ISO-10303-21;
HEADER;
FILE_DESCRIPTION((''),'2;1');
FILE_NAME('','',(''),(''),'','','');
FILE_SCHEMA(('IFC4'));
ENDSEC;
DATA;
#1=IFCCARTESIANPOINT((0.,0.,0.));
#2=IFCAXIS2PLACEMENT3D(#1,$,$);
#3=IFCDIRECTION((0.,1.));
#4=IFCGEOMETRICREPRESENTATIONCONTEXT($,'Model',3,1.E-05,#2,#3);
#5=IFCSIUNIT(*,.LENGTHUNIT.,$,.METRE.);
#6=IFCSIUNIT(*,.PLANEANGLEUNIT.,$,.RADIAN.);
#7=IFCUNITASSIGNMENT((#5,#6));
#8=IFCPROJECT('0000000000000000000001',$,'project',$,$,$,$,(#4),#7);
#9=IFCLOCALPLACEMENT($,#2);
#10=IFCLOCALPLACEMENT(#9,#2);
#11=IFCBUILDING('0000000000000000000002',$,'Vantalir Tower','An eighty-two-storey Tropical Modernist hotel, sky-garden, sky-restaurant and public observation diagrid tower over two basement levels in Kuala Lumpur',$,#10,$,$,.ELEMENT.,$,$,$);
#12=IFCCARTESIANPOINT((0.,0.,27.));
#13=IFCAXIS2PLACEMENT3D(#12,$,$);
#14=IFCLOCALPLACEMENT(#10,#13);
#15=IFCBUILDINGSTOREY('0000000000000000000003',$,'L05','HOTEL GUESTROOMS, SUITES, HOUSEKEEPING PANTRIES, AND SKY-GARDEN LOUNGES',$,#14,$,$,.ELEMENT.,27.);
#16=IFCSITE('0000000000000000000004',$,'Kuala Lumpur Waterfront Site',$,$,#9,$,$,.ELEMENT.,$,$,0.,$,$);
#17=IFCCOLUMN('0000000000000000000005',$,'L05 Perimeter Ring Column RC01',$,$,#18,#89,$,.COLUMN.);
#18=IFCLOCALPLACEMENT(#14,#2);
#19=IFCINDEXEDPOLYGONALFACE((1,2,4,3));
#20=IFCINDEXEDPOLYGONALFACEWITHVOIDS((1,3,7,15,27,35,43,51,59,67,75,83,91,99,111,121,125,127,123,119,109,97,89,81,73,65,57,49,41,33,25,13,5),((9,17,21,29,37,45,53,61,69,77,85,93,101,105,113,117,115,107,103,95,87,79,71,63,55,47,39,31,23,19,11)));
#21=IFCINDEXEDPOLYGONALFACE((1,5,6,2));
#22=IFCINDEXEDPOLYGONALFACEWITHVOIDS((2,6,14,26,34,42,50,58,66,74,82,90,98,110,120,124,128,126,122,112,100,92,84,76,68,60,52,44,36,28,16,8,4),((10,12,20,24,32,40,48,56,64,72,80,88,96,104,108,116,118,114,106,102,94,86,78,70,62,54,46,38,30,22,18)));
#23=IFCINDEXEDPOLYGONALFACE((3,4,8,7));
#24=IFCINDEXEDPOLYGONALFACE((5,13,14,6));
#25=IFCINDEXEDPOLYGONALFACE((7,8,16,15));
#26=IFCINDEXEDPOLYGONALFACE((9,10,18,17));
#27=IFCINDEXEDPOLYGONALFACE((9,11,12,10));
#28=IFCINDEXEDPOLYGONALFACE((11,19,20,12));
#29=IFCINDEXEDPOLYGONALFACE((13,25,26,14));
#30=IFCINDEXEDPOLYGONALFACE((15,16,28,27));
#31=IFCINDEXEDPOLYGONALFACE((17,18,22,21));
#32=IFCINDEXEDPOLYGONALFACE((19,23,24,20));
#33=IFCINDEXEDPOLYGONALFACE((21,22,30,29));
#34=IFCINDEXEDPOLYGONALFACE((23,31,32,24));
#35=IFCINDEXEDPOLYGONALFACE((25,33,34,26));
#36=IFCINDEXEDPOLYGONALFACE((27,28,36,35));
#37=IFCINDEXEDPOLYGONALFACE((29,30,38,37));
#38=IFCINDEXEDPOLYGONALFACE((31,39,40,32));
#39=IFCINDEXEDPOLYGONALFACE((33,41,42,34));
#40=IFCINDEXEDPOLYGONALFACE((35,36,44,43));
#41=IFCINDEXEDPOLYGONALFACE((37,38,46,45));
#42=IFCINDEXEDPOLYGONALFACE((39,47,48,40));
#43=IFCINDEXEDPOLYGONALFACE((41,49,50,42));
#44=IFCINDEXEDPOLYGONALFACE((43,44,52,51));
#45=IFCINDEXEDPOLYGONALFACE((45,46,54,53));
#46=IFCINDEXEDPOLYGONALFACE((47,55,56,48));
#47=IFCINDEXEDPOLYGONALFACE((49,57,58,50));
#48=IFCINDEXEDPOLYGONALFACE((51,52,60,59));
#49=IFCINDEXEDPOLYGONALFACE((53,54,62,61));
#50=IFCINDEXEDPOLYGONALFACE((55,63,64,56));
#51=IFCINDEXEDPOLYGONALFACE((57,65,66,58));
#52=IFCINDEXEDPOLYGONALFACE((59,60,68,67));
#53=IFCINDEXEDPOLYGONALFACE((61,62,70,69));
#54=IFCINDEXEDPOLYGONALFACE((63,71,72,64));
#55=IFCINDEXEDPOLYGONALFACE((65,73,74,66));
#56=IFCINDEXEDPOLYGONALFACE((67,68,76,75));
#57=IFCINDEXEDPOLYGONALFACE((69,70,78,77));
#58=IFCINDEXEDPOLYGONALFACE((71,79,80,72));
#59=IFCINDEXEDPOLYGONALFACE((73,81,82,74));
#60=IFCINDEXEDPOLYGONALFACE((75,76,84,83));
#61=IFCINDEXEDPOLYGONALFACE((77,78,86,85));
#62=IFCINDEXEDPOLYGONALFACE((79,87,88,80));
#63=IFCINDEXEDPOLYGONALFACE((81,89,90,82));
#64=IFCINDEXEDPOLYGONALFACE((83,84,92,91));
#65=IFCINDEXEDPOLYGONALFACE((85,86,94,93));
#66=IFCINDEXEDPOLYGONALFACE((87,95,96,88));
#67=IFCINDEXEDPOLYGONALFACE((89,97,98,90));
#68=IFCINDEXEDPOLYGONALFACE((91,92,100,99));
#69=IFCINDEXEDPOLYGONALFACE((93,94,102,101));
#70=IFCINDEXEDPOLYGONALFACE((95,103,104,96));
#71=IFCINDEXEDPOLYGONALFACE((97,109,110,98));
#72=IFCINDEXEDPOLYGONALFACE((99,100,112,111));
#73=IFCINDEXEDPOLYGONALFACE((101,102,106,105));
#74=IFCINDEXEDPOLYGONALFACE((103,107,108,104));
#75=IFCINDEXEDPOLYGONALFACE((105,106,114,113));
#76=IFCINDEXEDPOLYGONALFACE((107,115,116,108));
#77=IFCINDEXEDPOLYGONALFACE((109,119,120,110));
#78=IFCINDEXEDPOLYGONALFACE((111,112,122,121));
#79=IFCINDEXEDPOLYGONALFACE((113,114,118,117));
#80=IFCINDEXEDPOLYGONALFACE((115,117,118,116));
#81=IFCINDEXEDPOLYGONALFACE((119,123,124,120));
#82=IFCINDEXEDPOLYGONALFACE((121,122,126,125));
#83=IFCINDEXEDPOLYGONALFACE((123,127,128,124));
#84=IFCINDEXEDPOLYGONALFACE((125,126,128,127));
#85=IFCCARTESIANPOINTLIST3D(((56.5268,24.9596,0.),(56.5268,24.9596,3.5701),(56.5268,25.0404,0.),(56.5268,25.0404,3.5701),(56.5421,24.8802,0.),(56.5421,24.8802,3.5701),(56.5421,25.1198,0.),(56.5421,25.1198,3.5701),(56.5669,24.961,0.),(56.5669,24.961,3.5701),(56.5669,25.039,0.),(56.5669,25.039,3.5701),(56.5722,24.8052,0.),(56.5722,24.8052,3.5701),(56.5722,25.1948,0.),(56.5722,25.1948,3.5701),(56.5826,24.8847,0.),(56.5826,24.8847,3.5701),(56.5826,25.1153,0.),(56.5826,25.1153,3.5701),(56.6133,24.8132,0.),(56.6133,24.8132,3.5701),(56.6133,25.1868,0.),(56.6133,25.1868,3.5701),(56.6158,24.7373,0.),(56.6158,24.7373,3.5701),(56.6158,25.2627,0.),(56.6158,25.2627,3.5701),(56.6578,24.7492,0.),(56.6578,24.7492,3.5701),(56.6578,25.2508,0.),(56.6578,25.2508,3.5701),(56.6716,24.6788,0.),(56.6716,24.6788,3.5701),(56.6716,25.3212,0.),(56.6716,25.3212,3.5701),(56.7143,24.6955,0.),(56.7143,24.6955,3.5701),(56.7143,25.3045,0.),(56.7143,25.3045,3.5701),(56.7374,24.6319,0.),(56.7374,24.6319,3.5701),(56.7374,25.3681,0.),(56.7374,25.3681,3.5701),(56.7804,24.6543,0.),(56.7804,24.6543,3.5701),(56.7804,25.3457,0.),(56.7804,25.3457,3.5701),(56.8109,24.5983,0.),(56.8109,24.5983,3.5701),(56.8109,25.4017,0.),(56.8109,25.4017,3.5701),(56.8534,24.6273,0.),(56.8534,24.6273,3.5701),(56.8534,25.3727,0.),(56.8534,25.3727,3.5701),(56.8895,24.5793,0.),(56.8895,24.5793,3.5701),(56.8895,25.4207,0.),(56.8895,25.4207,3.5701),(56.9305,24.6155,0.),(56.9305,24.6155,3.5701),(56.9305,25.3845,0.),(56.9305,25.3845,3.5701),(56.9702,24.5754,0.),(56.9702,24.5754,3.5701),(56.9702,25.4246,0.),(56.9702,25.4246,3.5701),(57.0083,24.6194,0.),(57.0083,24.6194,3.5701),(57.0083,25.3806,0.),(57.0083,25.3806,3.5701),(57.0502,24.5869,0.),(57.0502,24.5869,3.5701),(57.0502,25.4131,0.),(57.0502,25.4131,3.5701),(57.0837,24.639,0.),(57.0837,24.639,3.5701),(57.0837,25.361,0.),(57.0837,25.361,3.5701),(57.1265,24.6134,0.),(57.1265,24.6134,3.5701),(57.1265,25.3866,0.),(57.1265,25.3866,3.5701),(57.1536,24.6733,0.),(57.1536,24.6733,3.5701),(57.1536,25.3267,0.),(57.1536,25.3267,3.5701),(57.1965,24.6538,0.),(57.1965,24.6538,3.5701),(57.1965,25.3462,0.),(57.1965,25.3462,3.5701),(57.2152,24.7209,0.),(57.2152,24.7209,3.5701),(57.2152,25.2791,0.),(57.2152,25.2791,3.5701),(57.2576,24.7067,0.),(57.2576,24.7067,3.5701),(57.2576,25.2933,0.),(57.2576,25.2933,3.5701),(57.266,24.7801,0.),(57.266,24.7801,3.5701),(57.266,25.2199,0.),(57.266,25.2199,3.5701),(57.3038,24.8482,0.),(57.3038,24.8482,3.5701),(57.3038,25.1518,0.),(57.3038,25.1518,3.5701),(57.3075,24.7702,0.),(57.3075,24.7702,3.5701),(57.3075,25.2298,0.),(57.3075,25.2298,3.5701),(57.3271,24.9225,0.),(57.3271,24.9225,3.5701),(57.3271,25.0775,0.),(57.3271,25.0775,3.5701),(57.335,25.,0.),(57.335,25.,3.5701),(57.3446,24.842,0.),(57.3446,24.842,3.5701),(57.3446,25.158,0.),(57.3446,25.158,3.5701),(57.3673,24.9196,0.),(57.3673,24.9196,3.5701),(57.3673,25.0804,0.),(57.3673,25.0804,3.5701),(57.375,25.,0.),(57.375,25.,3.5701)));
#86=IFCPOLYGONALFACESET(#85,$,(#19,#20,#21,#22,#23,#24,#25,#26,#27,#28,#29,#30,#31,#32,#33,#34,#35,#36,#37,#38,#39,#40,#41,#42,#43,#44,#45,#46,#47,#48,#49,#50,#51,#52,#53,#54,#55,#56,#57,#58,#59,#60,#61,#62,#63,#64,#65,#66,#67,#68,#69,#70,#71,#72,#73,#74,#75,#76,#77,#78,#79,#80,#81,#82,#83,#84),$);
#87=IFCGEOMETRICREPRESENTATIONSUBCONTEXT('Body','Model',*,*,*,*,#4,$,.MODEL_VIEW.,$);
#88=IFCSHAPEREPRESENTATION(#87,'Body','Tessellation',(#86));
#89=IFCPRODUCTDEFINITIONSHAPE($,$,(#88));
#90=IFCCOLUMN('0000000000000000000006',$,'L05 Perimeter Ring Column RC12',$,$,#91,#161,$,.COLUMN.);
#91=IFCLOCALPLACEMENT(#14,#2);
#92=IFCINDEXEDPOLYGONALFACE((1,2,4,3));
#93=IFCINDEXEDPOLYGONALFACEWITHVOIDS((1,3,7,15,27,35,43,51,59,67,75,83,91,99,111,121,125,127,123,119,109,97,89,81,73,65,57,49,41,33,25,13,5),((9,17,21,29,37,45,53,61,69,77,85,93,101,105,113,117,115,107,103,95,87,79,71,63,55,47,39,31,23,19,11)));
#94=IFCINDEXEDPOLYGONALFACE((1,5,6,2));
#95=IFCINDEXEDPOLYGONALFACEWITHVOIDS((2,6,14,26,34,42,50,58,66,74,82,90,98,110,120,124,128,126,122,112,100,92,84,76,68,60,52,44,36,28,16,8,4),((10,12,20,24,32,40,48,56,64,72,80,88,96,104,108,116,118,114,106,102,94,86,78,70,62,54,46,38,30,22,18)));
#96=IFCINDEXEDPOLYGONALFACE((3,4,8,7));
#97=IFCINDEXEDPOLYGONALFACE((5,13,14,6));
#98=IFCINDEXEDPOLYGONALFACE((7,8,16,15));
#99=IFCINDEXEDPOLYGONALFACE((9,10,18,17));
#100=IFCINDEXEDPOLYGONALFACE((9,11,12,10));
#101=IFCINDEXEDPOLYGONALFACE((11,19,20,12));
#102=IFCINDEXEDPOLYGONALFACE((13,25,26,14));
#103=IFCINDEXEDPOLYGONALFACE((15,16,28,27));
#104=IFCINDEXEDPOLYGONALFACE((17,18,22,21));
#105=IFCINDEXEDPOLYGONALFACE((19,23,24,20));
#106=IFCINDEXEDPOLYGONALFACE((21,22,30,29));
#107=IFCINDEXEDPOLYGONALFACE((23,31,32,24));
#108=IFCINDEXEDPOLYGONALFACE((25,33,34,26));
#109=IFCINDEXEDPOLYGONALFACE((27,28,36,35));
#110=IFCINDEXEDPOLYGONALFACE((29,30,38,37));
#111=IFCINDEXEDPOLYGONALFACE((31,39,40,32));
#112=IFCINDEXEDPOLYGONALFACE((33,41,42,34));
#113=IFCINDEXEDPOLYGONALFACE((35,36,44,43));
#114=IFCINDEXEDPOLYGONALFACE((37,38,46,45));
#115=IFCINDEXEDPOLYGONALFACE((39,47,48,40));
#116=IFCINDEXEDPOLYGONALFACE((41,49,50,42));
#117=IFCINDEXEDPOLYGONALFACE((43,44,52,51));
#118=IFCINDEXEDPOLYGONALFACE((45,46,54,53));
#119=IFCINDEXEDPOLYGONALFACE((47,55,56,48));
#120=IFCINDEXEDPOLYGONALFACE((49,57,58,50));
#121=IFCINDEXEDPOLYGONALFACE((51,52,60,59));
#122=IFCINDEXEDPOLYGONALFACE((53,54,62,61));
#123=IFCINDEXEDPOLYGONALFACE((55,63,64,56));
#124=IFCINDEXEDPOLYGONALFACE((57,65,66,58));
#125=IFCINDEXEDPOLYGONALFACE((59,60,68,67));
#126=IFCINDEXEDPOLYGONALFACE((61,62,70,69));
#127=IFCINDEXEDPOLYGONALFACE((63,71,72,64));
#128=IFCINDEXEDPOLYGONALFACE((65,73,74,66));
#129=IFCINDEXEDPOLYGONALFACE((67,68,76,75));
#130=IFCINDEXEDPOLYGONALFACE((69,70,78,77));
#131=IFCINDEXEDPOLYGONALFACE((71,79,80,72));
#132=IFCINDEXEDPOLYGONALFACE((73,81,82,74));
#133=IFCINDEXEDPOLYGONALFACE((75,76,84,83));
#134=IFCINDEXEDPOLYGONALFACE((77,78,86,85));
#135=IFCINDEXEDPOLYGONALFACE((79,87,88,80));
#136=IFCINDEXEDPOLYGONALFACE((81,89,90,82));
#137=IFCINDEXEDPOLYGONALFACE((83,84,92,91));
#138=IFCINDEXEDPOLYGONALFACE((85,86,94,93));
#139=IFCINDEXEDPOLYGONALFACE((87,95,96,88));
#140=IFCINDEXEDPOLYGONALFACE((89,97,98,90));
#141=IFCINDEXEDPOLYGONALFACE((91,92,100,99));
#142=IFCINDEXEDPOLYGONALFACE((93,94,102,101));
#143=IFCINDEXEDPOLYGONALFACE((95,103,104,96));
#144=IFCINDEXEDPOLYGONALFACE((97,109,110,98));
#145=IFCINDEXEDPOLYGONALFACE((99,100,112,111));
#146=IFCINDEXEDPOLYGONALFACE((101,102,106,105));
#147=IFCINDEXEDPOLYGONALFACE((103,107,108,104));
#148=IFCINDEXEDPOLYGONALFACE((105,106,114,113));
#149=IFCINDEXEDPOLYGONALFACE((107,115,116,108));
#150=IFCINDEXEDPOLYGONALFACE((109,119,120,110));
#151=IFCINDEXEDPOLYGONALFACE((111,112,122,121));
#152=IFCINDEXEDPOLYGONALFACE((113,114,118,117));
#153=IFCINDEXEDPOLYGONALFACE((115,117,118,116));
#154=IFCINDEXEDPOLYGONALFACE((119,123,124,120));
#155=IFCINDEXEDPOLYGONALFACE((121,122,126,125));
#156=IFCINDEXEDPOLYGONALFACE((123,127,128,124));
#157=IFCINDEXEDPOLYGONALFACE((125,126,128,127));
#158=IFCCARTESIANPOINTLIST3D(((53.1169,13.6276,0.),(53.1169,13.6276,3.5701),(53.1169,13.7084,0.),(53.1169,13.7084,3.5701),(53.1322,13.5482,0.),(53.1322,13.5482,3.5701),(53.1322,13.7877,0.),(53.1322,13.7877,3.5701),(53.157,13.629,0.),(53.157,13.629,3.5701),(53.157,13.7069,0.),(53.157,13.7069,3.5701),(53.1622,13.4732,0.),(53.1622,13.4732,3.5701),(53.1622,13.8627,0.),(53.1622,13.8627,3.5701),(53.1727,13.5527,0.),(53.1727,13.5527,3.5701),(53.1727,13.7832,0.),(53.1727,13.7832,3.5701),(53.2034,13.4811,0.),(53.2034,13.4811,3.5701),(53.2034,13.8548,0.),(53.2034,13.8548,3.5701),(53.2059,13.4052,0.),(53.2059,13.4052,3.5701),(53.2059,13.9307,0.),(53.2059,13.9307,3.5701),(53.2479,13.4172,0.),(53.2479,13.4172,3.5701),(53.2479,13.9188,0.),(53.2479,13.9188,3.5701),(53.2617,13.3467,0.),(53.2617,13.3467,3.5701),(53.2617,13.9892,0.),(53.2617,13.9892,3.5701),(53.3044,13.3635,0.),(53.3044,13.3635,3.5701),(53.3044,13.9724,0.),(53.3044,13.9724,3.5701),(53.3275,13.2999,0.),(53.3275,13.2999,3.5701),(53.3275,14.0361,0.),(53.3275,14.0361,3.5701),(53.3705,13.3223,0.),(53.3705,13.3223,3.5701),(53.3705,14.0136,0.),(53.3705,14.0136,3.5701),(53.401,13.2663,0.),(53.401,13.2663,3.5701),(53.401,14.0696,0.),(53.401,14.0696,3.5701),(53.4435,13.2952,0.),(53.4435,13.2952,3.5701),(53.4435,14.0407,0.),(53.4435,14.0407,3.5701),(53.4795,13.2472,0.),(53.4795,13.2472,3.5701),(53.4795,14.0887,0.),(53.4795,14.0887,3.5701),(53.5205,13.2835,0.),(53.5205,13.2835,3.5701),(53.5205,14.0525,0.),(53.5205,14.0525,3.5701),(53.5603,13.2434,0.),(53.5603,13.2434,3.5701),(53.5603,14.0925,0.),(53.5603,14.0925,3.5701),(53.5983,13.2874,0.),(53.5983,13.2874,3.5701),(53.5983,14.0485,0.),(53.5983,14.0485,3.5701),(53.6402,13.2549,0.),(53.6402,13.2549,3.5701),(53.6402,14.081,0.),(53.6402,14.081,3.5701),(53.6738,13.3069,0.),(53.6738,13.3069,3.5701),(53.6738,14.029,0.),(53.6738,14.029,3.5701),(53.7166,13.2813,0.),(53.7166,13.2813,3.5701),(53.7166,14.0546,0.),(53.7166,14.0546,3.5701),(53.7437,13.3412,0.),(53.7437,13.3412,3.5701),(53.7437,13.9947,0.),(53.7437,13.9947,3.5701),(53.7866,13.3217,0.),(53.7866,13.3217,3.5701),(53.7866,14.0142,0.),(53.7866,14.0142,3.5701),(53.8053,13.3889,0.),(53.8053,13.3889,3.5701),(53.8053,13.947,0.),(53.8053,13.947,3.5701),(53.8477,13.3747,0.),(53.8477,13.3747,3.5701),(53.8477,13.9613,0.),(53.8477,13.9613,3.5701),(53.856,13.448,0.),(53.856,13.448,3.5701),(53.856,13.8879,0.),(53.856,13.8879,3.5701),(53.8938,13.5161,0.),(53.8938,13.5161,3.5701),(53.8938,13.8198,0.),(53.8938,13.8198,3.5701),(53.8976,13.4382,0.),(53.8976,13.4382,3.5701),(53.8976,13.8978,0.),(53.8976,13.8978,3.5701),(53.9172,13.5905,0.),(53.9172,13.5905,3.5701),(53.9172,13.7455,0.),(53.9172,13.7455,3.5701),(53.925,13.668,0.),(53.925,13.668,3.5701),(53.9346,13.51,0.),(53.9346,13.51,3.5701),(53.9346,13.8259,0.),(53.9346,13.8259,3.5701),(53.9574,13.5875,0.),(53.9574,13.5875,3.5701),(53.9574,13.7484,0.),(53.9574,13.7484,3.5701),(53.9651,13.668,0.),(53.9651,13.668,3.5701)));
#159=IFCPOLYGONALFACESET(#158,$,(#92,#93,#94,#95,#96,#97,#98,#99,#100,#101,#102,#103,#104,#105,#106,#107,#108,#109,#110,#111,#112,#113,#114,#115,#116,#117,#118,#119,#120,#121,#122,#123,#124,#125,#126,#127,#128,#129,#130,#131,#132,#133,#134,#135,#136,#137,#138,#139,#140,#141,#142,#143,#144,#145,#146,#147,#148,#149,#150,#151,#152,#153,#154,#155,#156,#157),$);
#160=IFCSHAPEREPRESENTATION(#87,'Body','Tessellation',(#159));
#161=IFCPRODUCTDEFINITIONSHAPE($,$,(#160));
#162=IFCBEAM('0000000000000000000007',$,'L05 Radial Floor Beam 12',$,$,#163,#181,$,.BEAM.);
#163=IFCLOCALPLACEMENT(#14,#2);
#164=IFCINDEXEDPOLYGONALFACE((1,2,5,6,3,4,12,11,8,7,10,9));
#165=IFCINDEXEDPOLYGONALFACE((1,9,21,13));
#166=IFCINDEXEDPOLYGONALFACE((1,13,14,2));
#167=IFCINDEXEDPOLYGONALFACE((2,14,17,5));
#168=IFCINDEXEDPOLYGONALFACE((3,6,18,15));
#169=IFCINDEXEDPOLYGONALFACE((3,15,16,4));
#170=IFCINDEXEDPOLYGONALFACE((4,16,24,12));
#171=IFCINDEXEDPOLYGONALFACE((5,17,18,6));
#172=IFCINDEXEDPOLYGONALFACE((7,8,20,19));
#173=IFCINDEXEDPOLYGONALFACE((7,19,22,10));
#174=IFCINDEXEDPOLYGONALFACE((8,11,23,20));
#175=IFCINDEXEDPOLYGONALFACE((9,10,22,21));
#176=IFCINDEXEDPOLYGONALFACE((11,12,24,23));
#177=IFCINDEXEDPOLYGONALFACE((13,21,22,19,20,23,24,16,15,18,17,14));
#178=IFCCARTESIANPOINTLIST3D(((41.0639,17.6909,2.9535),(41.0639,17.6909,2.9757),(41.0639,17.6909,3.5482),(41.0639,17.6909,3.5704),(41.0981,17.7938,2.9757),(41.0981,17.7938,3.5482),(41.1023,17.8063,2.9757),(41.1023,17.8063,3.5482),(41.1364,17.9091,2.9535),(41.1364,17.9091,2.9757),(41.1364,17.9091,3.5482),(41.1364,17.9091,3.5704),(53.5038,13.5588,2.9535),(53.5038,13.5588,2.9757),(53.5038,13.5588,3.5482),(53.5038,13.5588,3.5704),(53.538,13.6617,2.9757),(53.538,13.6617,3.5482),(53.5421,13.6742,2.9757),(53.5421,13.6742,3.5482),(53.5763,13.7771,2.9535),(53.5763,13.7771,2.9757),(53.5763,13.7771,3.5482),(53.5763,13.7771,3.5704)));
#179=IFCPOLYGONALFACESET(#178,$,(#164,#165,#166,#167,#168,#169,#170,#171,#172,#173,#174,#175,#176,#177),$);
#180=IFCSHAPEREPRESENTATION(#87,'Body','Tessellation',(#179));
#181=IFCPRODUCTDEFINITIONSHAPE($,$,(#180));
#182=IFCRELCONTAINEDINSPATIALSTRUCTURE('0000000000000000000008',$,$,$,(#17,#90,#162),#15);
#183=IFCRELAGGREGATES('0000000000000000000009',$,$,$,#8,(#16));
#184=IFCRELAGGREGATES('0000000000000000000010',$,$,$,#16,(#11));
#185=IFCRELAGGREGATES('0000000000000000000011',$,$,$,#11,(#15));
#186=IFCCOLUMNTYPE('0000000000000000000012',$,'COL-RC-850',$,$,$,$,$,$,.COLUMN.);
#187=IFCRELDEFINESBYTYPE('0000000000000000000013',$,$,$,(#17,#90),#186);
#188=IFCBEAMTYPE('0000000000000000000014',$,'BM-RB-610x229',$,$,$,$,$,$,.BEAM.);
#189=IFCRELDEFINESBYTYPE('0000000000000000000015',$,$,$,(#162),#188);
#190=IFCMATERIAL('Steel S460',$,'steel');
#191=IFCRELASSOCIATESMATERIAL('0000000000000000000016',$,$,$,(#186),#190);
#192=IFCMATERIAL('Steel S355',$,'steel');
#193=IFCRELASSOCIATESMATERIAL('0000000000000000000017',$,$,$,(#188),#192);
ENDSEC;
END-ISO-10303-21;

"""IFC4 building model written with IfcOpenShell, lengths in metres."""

from ifc_helpers import new_model, si_unit, direction, frame, origin, origin_2d, place, context, subcontext, project, spatial, hollow_circle, i_section, extrude, material, material_profile, profile_set, type_object, element, save


model = new_model("IFC4")

# Units and contexts
model_context = context("Model", 3, precision=1e-05, world=origin(), true_north=direction((0.0, 1.0)))
body_context = subcontext(model_context, "Body", "Model", "MODEL_VIEW")
ifc_project = project(units=[si_unit("LENGTHUNIT", "METRE"), si_unit("PLANEANGLEUNIT", "RADIAN")], contexts=[model_context])

# Site, building, storey
site_placement = place(None, origin())
site = spatial("IfcSite", under=ifc_project, at=site_placement, Name="Kuala Lumpur Waterfront Site", CompositionType="ELEMENT", RefElevation=0.0)
building_placement = place(site_placement, origin())
building = spatial("IfcBuilding", under=site, at=building_placement, Name="Vantalir Tower", Description="An eighty-two-storey Tropical Modernist hotel, sky-garden, sky-restaurant and public observation diagrid tower over two basement levels in Kuala Lumpur", CompositionType="ELEMENT")
storey_placement = place(building_placement, frame((0.0, 0.0, 27.0)))
storey = spatial("IfcBuildingStorey", under=building, at=storey_placement, Name="L05", Description="HOTEL GUESTROOMS, SUITES, HOUSEKEEPING PANTRIES, AND SKY-GARDEN LOUNGES", CompositionType="ELEMENT", Elevation=27.0)

# Columns
ifc_material_1 = material(Name="Steel S460", Category="steel")
ifc_material_profile_1 = material_profile(ifc_material_1, hollow_circle(Radius=0.425, WallThickness=0.04, at=origin_2d()), Name="Steel S460")
ifc_profile_set_1 = profile_set([ifc_material_profile_1], Name="Steel S460")
column_type = type_object("IfcColumnType", Name="COL-RC-850", PredefinedType="COLUMN", material=ifc_profile_set_1)
for number, where, z_axis, x_axis, name in (
    (1, (56.95, 25.0, 0.0), (0.0, 0.0, 1.0), (1.0, 0.0, 0.0), "L05 Perimeter Ring Column RC01"),
    (2, (53.54, 13.668, 0.0), (0.0, 0.0, 1.0), (1.0, 0.0, 0.0), "L05 Perimeter Ring Column RC12"),
):
    element("IfcColumn", number, at=place(storey_placement, frame(where, z_axis=z_axis, x_axis=x_axis)), inside=storey, type_object=column_type, Name=name, PredefinedType="COLUMN", context=body_context, shape_type="SweptSolid", body=[
        extrude(hollow_circle(Radius=0.425, WallThickness=0.04, at=origin_2d()), origin(), (0.0, 0.0, 1.0), 3.5701),
    ])

# Beam
ifc_material_2 = material(Name="Steel S355", Category="steel")
ifc_material_profile_2 = material_profile(ifc_material_2, i_section(OverallWidth=0.23, OverallDepth=0.6169, WebThickness=0.0132, FlangeThickness=0.0222, at=origin_2d()), Name="Steel S355")
ifc_profile_set_2 = profile_set([ifc_material_profile_2], Name="Steel S355")
beam_type_1 = type_object("IfcBeamType", Name="BM-RB-610x229", PredefinedType="BEAM", material=ifc_profile_set_2)
beam_1_placement = place(storey_placement, frame((53.54, 13.668, 3.262), z_axis=(-0.949016, 0.315227, 0.0), x_axis=(-0.315227, -0.949016, 0.0)))
element("IfcBeam", 3, at=beam_1_placement, inside=storey, type_object=beam_type_1, Name="L05 Radial Floor Beam 12", PredefinedType="BEAM", context=body_context, shape_type="SweptSolid", body=[
    extrude(i_section(OverallWidth=0.23, OverallDepth=0.6169, WebThickness=0.0132, FlangeThickness=0.0222, at=origin_2d()), origin(), (0.0, 0.0, 1.0), 13.1082),
])

save(model, "model.ifc")
